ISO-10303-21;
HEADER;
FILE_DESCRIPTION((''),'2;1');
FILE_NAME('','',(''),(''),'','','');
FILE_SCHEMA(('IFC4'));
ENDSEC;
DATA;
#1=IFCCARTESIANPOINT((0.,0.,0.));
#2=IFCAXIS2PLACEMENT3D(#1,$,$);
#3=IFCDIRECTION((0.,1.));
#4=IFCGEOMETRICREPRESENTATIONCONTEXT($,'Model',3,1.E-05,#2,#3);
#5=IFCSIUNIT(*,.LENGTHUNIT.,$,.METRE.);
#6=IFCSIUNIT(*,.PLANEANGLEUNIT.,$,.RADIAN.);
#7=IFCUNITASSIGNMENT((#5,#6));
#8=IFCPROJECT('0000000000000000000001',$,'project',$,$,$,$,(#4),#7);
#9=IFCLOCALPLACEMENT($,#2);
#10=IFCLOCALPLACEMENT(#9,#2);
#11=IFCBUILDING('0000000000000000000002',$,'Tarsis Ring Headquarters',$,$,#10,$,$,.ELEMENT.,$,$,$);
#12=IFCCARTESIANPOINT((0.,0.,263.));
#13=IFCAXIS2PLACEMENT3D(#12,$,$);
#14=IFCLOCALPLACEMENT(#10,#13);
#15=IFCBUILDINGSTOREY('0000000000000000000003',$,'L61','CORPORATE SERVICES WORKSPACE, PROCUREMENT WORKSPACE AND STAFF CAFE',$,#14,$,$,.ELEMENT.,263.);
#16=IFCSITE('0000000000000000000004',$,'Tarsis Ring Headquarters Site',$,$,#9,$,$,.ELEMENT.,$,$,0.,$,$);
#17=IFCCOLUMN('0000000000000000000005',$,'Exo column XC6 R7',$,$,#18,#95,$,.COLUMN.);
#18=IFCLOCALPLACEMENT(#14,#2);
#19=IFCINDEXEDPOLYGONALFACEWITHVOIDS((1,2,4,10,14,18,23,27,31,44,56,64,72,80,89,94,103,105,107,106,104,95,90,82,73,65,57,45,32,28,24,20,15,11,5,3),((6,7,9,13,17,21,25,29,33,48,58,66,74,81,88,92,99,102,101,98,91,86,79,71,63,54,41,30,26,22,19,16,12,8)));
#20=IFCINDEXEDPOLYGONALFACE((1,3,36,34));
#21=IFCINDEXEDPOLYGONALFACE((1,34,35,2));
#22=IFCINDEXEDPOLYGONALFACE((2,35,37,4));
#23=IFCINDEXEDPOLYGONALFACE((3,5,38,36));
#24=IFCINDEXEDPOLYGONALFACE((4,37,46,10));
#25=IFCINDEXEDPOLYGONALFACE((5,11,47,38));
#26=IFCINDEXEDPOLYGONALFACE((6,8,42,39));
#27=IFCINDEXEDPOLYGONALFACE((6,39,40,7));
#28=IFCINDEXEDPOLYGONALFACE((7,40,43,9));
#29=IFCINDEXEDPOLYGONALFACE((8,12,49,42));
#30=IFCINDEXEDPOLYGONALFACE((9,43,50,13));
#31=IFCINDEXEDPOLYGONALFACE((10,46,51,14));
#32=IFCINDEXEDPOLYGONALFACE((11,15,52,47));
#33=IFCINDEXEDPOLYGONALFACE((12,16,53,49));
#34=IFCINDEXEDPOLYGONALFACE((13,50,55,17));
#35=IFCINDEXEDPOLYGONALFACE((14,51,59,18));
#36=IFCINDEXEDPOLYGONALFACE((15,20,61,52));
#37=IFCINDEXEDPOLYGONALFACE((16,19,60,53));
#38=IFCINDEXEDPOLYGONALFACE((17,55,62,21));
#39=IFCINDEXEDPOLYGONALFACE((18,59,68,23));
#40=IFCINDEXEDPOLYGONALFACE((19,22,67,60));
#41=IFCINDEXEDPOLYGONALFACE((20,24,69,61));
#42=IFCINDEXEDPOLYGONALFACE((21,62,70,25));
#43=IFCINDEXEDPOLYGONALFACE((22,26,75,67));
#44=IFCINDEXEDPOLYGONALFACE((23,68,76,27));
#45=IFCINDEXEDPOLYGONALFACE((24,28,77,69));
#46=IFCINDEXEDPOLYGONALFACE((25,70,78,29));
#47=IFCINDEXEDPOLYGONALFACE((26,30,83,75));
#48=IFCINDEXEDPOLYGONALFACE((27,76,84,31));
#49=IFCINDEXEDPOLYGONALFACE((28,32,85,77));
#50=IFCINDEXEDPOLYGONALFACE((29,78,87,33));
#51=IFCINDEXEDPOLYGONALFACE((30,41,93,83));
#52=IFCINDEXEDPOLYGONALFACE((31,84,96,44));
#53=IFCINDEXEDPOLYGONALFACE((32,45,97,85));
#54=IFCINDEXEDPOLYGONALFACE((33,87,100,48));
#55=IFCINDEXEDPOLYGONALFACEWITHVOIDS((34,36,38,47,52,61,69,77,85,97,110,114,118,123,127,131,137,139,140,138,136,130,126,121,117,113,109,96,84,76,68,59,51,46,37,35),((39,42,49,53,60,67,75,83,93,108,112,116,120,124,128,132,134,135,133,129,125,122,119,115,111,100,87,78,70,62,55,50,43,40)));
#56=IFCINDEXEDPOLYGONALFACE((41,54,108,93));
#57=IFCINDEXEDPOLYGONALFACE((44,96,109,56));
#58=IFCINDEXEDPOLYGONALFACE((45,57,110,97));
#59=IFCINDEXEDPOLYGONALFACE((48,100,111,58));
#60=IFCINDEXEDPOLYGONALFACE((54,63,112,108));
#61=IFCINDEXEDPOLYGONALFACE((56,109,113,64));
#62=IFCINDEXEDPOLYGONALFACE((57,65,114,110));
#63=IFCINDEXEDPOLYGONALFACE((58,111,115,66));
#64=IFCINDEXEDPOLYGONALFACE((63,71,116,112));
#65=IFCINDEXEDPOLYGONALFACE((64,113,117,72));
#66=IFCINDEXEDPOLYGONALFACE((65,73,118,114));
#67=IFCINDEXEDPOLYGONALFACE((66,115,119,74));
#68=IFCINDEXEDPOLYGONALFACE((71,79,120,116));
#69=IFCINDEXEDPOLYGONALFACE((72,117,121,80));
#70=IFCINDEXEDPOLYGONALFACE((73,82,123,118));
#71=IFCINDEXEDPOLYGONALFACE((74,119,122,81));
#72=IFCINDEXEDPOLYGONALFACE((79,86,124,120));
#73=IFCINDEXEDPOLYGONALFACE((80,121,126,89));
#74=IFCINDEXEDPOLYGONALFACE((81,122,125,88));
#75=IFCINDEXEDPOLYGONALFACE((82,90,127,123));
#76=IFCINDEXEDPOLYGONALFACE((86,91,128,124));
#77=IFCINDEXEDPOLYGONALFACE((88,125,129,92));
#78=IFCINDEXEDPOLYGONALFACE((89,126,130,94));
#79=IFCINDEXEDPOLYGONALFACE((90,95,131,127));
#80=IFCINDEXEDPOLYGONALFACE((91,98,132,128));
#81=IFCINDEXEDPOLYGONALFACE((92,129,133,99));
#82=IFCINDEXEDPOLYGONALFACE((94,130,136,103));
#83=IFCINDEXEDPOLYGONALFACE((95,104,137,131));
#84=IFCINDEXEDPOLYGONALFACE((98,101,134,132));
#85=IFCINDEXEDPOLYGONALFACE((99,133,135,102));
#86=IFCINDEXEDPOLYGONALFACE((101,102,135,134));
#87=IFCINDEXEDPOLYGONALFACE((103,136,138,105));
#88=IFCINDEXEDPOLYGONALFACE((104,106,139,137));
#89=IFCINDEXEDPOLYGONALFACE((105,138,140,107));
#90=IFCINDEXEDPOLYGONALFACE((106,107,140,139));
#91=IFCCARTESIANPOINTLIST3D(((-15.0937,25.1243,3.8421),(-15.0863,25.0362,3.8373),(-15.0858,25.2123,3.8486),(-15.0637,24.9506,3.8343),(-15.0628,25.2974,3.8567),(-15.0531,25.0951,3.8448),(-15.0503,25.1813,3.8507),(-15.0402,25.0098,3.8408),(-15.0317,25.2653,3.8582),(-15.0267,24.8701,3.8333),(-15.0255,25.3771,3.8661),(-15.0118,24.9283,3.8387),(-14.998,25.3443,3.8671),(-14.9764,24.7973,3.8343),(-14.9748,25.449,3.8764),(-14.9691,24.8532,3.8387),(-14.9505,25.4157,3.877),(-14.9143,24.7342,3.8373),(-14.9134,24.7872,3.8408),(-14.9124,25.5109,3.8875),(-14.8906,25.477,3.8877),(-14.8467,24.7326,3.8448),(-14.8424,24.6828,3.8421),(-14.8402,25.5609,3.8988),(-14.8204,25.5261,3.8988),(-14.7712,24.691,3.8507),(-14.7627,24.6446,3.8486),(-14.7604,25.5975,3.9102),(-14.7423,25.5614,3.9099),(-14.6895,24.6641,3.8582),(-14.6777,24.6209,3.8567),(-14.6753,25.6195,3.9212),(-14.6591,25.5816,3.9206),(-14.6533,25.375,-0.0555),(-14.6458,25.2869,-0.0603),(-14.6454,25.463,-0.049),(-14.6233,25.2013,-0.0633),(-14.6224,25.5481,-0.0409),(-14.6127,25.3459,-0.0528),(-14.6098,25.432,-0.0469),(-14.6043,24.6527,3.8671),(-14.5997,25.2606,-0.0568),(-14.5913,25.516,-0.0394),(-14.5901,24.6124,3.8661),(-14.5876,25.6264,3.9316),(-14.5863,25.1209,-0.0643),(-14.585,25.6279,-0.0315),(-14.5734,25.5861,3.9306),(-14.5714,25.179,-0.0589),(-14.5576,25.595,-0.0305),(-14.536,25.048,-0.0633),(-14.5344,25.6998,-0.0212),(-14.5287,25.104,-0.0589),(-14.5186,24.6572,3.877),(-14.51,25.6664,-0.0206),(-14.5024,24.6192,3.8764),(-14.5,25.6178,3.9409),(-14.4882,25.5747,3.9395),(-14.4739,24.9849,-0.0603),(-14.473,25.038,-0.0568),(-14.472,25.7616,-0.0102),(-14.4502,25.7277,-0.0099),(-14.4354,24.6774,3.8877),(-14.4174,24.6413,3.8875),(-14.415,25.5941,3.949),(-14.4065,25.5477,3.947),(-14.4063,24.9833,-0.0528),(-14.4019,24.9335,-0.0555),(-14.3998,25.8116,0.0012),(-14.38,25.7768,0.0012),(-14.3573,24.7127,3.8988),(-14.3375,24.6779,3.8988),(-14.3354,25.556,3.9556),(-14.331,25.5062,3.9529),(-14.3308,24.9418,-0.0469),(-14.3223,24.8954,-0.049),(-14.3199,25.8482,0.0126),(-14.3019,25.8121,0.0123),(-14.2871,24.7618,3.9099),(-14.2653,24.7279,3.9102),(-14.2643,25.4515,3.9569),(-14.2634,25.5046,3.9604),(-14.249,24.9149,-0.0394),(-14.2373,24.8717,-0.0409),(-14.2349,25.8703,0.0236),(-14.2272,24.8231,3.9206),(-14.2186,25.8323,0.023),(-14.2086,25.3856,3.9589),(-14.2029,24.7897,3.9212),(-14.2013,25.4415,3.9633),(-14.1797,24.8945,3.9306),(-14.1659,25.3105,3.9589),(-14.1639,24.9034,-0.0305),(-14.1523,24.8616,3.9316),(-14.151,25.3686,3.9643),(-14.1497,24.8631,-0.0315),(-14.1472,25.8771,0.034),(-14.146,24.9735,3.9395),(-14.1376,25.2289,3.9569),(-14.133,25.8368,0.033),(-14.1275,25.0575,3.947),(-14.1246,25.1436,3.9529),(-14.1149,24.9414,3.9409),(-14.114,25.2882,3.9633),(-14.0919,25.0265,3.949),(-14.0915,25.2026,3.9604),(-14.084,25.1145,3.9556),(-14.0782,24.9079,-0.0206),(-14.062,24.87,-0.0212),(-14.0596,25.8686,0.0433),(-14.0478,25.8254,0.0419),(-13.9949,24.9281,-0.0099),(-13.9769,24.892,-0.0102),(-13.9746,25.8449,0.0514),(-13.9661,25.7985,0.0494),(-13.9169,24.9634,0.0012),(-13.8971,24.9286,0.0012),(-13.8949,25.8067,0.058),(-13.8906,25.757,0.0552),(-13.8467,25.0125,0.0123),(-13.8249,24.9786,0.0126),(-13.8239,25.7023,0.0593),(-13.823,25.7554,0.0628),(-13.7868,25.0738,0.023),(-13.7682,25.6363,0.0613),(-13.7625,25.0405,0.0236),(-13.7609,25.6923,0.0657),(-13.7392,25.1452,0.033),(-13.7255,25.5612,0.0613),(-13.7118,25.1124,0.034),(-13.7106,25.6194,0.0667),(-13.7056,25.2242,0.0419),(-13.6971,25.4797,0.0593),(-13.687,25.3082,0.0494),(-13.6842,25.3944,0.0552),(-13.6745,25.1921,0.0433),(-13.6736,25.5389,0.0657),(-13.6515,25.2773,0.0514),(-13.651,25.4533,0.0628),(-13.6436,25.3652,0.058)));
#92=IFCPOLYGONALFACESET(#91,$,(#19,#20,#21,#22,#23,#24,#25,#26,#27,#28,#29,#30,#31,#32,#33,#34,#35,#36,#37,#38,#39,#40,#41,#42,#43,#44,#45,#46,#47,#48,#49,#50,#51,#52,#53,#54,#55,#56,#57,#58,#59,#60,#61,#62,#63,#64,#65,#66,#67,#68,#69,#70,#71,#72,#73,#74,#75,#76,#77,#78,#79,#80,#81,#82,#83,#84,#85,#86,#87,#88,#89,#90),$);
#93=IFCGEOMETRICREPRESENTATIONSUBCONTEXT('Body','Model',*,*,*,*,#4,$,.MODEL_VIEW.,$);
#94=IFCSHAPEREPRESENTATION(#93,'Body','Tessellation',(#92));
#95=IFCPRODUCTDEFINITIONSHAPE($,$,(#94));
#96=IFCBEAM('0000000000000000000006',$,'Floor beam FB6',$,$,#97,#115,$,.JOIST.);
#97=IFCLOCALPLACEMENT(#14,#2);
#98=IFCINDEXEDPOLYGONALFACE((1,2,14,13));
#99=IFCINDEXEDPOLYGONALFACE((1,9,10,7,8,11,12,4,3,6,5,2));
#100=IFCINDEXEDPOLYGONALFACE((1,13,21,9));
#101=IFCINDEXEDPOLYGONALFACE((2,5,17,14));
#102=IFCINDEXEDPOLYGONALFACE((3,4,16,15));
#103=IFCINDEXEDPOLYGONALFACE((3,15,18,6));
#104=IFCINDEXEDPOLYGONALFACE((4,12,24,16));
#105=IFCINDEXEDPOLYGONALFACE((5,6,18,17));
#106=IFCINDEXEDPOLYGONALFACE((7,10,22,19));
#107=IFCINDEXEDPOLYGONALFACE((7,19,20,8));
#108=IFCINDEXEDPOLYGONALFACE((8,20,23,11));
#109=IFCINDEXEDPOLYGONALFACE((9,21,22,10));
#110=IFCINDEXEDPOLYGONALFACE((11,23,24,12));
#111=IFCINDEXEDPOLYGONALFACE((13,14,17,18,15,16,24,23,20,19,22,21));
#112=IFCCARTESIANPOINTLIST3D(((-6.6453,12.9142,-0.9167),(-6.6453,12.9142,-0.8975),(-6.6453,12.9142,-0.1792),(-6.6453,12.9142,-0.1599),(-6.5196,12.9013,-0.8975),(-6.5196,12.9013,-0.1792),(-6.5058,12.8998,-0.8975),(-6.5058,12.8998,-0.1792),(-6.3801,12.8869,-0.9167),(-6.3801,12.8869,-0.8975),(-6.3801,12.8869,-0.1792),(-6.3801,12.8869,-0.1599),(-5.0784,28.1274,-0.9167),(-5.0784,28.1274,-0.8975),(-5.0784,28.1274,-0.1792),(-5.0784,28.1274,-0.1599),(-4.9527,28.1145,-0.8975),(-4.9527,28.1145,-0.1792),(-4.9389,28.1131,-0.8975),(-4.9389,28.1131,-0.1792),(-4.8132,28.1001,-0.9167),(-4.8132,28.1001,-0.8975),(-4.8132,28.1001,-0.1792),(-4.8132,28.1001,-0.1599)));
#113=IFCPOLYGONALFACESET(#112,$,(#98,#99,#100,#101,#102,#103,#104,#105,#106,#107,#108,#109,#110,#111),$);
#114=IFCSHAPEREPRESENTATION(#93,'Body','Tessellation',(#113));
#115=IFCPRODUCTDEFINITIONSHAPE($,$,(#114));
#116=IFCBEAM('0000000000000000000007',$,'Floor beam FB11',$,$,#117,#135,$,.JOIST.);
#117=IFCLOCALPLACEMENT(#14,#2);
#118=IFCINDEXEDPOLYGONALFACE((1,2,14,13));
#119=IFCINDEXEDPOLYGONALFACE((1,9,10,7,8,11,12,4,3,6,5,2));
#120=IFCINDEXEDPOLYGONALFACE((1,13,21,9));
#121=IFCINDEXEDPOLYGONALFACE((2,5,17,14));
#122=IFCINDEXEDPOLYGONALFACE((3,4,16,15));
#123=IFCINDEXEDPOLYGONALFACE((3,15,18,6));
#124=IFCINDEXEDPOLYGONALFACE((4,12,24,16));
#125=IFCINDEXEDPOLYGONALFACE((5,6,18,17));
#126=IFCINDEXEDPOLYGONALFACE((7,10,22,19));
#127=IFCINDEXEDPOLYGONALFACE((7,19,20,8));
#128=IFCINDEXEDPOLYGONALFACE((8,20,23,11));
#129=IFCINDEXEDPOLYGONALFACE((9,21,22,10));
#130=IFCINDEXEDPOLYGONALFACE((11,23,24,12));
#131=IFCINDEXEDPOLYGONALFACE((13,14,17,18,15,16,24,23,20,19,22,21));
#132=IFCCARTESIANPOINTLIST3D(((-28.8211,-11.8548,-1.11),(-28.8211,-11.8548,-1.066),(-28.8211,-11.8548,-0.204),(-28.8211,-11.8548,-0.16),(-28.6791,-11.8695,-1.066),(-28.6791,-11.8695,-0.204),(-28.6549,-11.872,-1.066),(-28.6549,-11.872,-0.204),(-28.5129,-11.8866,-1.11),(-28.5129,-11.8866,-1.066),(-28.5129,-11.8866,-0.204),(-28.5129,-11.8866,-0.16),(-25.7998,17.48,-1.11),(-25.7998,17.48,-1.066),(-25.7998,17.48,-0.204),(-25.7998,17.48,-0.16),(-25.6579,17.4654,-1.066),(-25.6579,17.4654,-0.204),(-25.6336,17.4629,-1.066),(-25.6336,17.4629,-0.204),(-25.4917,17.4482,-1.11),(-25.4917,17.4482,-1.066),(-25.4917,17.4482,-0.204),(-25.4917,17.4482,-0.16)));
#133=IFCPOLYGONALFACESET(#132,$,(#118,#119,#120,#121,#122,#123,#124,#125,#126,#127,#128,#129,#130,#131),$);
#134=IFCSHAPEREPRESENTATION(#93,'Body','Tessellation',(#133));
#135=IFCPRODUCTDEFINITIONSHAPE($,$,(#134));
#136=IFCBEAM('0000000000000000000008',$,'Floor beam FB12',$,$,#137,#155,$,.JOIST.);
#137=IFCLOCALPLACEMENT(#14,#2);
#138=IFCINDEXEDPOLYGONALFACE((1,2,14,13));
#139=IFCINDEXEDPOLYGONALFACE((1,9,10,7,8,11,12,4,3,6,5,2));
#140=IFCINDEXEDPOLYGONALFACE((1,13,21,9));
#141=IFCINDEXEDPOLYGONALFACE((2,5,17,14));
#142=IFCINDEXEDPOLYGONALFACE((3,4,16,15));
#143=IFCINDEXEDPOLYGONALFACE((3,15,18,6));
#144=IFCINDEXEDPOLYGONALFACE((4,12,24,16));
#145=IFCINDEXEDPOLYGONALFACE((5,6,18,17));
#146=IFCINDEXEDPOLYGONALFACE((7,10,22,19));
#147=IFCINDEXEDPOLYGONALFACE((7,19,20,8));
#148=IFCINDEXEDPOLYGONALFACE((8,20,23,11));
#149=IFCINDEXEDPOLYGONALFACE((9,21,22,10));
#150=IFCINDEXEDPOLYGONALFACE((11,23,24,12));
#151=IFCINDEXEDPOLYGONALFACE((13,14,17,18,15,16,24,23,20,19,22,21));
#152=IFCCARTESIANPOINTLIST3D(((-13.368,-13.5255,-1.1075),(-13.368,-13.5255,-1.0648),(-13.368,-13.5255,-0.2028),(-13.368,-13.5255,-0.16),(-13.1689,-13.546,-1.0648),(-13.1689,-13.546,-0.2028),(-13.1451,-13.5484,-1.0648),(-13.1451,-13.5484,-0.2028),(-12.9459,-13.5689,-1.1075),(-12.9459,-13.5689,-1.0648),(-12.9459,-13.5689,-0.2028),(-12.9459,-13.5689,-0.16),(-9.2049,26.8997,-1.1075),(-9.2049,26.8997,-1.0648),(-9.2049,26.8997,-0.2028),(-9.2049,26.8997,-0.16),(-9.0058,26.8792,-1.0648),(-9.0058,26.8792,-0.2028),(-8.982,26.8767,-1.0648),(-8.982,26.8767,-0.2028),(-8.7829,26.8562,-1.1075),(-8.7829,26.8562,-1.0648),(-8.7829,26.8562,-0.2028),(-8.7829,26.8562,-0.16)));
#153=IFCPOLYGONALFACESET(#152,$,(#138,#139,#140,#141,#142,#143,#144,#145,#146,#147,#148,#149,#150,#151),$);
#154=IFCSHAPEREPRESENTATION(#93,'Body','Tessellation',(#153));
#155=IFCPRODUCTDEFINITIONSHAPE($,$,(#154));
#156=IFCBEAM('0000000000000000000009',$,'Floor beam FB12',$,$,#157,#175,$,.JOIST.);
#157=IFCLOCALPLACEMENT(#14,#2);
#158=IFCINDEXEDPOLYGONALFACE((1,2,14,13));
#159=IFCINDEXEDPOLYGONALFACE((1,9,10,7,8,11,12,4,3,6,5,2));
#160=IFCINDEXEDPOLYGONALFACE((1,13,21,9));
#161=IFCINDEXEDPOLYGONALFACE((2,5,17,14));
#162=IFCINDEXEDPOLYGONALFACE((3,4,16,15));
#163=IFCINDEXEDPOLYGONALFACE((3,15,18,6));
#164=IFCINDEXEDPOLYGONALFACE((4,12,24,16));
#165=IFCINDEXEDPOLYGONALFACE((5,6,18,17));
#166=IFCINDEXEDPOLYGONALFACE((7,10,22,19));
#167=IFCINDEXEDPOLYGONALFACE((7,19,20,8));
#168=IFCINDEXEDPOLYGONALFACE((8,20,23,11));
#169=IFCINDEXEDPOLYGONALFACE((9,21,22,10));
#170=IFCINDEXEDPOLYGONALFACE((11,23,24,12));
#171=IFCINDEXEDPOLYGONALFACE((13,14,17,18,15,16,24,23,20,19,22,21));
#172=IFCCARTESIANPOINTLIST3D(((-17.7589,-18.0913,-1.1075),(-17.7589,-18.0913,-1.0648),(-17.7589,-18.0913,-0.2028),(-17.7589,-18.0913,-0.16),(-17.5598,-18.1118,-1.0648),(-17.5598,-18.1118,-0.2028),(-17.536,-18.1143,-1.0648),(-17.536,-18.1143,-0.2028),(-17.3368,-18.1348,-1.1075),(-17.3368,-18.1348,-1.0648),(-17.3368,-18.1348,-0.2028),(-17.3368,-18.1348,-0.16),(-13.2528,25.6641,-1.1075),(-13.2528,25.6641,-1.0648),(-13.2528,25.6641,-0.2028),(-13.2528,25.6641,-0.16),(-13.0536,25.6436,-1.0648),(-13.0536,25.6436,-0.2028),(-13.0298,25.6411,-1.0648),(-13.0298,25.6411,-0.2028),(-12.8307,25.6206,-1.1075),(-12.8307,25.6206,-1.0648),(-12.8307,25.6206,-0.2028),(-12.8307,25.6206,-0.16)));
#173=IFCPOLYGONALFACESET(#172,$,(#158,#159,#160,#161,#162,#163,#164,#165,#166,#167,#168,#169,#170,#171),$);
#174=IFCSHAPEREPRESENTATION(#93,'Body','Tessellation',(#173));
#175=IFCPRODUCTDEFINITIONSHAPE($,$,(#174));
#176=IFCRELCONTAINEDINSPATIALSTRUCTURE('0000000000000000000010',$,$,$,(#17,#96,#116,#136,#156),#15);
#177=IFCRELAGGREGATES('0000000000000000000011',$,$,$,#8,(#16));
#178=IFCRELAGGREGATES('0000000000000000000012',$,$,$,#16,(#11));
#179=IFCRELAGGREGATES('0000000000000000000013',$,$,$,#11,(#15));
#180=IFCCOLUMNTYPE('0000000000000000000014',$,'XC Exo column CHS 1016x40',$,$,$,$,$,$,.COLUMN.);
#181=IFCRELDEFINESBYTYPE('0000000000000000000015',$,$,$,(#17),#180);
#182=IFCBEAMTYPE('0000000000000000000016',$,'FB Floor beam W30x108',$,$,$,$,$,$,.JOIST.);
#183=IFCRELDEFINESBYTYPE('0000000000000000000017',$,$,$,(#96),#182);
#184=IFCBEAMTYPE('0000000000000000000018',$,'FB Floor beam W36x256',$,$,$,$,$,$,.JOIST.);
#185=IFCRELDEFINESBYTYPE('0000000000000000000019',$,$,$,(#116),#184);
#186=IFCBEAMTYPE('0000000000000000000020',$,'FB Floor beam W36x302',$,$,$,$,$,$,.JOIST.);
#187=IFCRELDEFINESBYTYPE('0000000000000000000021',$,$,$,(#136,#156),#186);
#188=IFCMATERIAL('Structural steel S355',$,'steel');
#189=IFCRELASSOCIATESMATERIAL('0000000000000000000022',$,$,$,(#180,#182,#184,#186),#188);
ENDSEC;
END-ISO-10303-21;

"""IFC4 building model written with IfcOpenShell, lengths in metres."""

from ifc_helpers import new_model, si_unit, direction, frame, origin, origin_2d, place, context, subcontext, project, spatial, hollow_circle, i_section, extrude, material, material_profile, profile_set, type_object, element, save


model = new_model("IFC4")

# Units and contexts
model_context = context("Model", 3, precision=1e-05, world=origin(), true_north=direction((0.0, 1.0)))
body_context = subcontext(model_context, "Body", "Model", "MODEL_VIEW")
ifc_project = project(units=[si_unit("LENGTHUNIT", "METRE"), si_unit("PLANEANGLEUNIT", "RADIAN")], contexts=[model_context])

# Site, building, storey
site_placement = place(None, origin())
site = spatial("IfcSite", under=ifc_project, at=site_placement, Name="Tarsis Ring Headquarters Site", CompositionType="ELEMENT", RefElevation=0.0)
building_placement = place(site_placement, origin())
building = spatial("IfcBuilding", under=site, at=building_placement, Name="Tarsis Ring Headquarters", CompositionType="ELEMENT")
storey_placement = place(building_placement, frame((0.0, 0.0, 263.0)))
storey = spatial("IfcBuildingStorey", under=building, at=storey_placement, Name="L61", Description="CORPORATE SERVICES WORKSPACE, PROCUREMENT WORKSPACE AND STAFF CAFE", CompositionType="ELEMENT", Elevation=263.0)

# Column
ifc_material_1 = material(Name="Structural steel S355", Category="steel")
ifc_material_profile_1 = material_profile(ifc_material_1, hollow_circle(Radius=0.5081, WallThickness=0.04, at=origin_2d()), Name="CHS 1016x40")
ifc_profile_set_1 = profile_set([ifc_material_profile_1], Name="Structural steel S355")
column_type = type_object("IfcColumnType", Name="XC Exo column CHS 1016x40", PredefinedType="COLUMN", material=ifc_profile_set_1)
column_placement = place(storey_placement, frame((-14.1484, 25.3701, 0.0012), z_axis=(-0.112054, -0.063791, 0.991652), x_axis=(0.494738, -0.869042, 0.0)))
element("IfcColumn", 1, at=column_placement, inside=storey, type_object=column_type, Name="Exo column XC6 R7", PredefinedType="COLUMN", context=body_context, shape_type="SweptSolid", body=[
    extrude(hollow_circle(Radius=0.5081, WallThickness=0.04, at=origin_2d()), origin(), (0.0, 0.0, 1.0), 3.9304),
])

# Beams
ifc_material_profile_2 = material_profile(ifc_material_1, i_section(OverallWidth=0.2666, OverallDepth=0.7568, WebThickness=0.0139, FlangeThickness=0.0193, at=origin_2d()), Name="W30x108")
ifc_profile_set_2 = profile_set([ifc_material_profile_2], Name="Structural steel S355")
beam_type_1 = type_object("IfcBeamType", Name="FB Floor beam W30x108", PredefinedType="JOIST", material=ifc_profile_set_2)
beam_1_placement = place(storey_placement, frame((-4.9458, 28.1138, -0.5383), z_axis=(-0.102454, -0.994738, 0.0), x_axis=(0.994738, -0.102454, 0.0)))
element("IfcBeam", 2, at=beam_1_placement, inside=storey, type_object=beam_type_1, Name="Floor beam FB6", PredefinedType="JOIST", context=body_context, shape_type="SweptSolid", body=[
    extrude(i_section(OverallWidth=0.2666, OverallDepth=0.7568, WebThickness=0.0139, FlangeThickness=0.0193, at=origin_2d()), origin(), (0.0, 0.0, 1.0), 15.2937),
])
ifc_material_profile_3 = material_profile(ifc_material_1, i_section(OverallWidth=0.3098, OverallDepth=0.95, WebThickness=0.0244, FlangeThickness=0.0439, at=origin_2d()), Name="W36x256")
ifc_profile_set_3 = profile_set([ifc_material_profile_3], Name="Structural steel S355")
beam_type_2 = type_object("IfcBeamType", Name="FB Floor beam W36x256", PredefinedType="JOIST", material=ifc_profile_set_3)
beam_2_placement = place(storey_placement, frame((-25.6458, 17.4641, -0.635), z_axis=(-0.10245, -0.994738, 0.0), x_axis=(0.994738, -0.10245, 0.0)))
element("IfcBeam", 3, at=beam_2_placement, inside=storey, type_object=beam_type_2, Name="Floor beam FB11", PredefinedType="JOIST", context=body_context, shape_type="SweptSolid", body=[
    extrude(i_section(OverallWidth=0.3098, OverallDepth=0.95, WebThickness=0.0244, FlangeThickness=0.0439, at=origin_2d()), origin(), (0.0, 0.0, 1.0), 29.49),
])
ifc_material_profile_4 = material_profile(ifc_material_1, i_section(OverallWidth=0.4243, OverallDepth=0.9475, WebThickness=0.0239, FlangeThickness=0.0427, at=origin_2d()), Name="W36x302")
ifc_profile_set_4 = profile_set([ifc_material_profile_4], Name="Structural steel S355")
beam_type_3 = type_object("IfcBeamType", Name="FB Floor beam W36x302", PredefinedType="JOIST", material=ifc_profile_set_4)
beam_3_placement = place(storey_placement, frame((-8.9939, 26.8779, -0.6338), z_axis=(-0.102441, -0.994739, 0.0), x_axis=(0.994739, -0.102441, 0.0)))
element("IfcBeam", 4, at=beam_3_placement, inside=storey, type_object=beam_type_3, Name="Floor beam FB12", PredefinedType="JOIST", context=body_context, shape_type="SweptSolid", body=[
    extrude(i_section(OverallWidth=0.4243, OverallDepth=0.9475, WebThickness=0.0239, FlangeThickness=0.0427, at=origin_2d()), origin(), (0.0, 0.0, 1.0), 40.6389),
])
beam_4_placement = place(storey_placement, frame((-13.0417, 25.6423, -0.6338), z_axis=(-0.102442, -0.994739, 0.0), x_axis=(0.994739, -0.102442, 0.0)))
element("IfcBeam", 5, at=beam_4_placement, inside=storey, type_object=beam_type_3, Name="Floor beam FB12", PredefinedType="JOIST", context=body_context, shape_type="SweptSolid", body=[
    extrude(i_section(OverallWidth=0.4243, OverallDepth=0.9475, WebThickness=0.0239, FlangeThickness=0.0427, at=origin_2d()), origin(), (0.0, 0.0, 1.0), 43.9868),
])

save(model, "model.ifc")
